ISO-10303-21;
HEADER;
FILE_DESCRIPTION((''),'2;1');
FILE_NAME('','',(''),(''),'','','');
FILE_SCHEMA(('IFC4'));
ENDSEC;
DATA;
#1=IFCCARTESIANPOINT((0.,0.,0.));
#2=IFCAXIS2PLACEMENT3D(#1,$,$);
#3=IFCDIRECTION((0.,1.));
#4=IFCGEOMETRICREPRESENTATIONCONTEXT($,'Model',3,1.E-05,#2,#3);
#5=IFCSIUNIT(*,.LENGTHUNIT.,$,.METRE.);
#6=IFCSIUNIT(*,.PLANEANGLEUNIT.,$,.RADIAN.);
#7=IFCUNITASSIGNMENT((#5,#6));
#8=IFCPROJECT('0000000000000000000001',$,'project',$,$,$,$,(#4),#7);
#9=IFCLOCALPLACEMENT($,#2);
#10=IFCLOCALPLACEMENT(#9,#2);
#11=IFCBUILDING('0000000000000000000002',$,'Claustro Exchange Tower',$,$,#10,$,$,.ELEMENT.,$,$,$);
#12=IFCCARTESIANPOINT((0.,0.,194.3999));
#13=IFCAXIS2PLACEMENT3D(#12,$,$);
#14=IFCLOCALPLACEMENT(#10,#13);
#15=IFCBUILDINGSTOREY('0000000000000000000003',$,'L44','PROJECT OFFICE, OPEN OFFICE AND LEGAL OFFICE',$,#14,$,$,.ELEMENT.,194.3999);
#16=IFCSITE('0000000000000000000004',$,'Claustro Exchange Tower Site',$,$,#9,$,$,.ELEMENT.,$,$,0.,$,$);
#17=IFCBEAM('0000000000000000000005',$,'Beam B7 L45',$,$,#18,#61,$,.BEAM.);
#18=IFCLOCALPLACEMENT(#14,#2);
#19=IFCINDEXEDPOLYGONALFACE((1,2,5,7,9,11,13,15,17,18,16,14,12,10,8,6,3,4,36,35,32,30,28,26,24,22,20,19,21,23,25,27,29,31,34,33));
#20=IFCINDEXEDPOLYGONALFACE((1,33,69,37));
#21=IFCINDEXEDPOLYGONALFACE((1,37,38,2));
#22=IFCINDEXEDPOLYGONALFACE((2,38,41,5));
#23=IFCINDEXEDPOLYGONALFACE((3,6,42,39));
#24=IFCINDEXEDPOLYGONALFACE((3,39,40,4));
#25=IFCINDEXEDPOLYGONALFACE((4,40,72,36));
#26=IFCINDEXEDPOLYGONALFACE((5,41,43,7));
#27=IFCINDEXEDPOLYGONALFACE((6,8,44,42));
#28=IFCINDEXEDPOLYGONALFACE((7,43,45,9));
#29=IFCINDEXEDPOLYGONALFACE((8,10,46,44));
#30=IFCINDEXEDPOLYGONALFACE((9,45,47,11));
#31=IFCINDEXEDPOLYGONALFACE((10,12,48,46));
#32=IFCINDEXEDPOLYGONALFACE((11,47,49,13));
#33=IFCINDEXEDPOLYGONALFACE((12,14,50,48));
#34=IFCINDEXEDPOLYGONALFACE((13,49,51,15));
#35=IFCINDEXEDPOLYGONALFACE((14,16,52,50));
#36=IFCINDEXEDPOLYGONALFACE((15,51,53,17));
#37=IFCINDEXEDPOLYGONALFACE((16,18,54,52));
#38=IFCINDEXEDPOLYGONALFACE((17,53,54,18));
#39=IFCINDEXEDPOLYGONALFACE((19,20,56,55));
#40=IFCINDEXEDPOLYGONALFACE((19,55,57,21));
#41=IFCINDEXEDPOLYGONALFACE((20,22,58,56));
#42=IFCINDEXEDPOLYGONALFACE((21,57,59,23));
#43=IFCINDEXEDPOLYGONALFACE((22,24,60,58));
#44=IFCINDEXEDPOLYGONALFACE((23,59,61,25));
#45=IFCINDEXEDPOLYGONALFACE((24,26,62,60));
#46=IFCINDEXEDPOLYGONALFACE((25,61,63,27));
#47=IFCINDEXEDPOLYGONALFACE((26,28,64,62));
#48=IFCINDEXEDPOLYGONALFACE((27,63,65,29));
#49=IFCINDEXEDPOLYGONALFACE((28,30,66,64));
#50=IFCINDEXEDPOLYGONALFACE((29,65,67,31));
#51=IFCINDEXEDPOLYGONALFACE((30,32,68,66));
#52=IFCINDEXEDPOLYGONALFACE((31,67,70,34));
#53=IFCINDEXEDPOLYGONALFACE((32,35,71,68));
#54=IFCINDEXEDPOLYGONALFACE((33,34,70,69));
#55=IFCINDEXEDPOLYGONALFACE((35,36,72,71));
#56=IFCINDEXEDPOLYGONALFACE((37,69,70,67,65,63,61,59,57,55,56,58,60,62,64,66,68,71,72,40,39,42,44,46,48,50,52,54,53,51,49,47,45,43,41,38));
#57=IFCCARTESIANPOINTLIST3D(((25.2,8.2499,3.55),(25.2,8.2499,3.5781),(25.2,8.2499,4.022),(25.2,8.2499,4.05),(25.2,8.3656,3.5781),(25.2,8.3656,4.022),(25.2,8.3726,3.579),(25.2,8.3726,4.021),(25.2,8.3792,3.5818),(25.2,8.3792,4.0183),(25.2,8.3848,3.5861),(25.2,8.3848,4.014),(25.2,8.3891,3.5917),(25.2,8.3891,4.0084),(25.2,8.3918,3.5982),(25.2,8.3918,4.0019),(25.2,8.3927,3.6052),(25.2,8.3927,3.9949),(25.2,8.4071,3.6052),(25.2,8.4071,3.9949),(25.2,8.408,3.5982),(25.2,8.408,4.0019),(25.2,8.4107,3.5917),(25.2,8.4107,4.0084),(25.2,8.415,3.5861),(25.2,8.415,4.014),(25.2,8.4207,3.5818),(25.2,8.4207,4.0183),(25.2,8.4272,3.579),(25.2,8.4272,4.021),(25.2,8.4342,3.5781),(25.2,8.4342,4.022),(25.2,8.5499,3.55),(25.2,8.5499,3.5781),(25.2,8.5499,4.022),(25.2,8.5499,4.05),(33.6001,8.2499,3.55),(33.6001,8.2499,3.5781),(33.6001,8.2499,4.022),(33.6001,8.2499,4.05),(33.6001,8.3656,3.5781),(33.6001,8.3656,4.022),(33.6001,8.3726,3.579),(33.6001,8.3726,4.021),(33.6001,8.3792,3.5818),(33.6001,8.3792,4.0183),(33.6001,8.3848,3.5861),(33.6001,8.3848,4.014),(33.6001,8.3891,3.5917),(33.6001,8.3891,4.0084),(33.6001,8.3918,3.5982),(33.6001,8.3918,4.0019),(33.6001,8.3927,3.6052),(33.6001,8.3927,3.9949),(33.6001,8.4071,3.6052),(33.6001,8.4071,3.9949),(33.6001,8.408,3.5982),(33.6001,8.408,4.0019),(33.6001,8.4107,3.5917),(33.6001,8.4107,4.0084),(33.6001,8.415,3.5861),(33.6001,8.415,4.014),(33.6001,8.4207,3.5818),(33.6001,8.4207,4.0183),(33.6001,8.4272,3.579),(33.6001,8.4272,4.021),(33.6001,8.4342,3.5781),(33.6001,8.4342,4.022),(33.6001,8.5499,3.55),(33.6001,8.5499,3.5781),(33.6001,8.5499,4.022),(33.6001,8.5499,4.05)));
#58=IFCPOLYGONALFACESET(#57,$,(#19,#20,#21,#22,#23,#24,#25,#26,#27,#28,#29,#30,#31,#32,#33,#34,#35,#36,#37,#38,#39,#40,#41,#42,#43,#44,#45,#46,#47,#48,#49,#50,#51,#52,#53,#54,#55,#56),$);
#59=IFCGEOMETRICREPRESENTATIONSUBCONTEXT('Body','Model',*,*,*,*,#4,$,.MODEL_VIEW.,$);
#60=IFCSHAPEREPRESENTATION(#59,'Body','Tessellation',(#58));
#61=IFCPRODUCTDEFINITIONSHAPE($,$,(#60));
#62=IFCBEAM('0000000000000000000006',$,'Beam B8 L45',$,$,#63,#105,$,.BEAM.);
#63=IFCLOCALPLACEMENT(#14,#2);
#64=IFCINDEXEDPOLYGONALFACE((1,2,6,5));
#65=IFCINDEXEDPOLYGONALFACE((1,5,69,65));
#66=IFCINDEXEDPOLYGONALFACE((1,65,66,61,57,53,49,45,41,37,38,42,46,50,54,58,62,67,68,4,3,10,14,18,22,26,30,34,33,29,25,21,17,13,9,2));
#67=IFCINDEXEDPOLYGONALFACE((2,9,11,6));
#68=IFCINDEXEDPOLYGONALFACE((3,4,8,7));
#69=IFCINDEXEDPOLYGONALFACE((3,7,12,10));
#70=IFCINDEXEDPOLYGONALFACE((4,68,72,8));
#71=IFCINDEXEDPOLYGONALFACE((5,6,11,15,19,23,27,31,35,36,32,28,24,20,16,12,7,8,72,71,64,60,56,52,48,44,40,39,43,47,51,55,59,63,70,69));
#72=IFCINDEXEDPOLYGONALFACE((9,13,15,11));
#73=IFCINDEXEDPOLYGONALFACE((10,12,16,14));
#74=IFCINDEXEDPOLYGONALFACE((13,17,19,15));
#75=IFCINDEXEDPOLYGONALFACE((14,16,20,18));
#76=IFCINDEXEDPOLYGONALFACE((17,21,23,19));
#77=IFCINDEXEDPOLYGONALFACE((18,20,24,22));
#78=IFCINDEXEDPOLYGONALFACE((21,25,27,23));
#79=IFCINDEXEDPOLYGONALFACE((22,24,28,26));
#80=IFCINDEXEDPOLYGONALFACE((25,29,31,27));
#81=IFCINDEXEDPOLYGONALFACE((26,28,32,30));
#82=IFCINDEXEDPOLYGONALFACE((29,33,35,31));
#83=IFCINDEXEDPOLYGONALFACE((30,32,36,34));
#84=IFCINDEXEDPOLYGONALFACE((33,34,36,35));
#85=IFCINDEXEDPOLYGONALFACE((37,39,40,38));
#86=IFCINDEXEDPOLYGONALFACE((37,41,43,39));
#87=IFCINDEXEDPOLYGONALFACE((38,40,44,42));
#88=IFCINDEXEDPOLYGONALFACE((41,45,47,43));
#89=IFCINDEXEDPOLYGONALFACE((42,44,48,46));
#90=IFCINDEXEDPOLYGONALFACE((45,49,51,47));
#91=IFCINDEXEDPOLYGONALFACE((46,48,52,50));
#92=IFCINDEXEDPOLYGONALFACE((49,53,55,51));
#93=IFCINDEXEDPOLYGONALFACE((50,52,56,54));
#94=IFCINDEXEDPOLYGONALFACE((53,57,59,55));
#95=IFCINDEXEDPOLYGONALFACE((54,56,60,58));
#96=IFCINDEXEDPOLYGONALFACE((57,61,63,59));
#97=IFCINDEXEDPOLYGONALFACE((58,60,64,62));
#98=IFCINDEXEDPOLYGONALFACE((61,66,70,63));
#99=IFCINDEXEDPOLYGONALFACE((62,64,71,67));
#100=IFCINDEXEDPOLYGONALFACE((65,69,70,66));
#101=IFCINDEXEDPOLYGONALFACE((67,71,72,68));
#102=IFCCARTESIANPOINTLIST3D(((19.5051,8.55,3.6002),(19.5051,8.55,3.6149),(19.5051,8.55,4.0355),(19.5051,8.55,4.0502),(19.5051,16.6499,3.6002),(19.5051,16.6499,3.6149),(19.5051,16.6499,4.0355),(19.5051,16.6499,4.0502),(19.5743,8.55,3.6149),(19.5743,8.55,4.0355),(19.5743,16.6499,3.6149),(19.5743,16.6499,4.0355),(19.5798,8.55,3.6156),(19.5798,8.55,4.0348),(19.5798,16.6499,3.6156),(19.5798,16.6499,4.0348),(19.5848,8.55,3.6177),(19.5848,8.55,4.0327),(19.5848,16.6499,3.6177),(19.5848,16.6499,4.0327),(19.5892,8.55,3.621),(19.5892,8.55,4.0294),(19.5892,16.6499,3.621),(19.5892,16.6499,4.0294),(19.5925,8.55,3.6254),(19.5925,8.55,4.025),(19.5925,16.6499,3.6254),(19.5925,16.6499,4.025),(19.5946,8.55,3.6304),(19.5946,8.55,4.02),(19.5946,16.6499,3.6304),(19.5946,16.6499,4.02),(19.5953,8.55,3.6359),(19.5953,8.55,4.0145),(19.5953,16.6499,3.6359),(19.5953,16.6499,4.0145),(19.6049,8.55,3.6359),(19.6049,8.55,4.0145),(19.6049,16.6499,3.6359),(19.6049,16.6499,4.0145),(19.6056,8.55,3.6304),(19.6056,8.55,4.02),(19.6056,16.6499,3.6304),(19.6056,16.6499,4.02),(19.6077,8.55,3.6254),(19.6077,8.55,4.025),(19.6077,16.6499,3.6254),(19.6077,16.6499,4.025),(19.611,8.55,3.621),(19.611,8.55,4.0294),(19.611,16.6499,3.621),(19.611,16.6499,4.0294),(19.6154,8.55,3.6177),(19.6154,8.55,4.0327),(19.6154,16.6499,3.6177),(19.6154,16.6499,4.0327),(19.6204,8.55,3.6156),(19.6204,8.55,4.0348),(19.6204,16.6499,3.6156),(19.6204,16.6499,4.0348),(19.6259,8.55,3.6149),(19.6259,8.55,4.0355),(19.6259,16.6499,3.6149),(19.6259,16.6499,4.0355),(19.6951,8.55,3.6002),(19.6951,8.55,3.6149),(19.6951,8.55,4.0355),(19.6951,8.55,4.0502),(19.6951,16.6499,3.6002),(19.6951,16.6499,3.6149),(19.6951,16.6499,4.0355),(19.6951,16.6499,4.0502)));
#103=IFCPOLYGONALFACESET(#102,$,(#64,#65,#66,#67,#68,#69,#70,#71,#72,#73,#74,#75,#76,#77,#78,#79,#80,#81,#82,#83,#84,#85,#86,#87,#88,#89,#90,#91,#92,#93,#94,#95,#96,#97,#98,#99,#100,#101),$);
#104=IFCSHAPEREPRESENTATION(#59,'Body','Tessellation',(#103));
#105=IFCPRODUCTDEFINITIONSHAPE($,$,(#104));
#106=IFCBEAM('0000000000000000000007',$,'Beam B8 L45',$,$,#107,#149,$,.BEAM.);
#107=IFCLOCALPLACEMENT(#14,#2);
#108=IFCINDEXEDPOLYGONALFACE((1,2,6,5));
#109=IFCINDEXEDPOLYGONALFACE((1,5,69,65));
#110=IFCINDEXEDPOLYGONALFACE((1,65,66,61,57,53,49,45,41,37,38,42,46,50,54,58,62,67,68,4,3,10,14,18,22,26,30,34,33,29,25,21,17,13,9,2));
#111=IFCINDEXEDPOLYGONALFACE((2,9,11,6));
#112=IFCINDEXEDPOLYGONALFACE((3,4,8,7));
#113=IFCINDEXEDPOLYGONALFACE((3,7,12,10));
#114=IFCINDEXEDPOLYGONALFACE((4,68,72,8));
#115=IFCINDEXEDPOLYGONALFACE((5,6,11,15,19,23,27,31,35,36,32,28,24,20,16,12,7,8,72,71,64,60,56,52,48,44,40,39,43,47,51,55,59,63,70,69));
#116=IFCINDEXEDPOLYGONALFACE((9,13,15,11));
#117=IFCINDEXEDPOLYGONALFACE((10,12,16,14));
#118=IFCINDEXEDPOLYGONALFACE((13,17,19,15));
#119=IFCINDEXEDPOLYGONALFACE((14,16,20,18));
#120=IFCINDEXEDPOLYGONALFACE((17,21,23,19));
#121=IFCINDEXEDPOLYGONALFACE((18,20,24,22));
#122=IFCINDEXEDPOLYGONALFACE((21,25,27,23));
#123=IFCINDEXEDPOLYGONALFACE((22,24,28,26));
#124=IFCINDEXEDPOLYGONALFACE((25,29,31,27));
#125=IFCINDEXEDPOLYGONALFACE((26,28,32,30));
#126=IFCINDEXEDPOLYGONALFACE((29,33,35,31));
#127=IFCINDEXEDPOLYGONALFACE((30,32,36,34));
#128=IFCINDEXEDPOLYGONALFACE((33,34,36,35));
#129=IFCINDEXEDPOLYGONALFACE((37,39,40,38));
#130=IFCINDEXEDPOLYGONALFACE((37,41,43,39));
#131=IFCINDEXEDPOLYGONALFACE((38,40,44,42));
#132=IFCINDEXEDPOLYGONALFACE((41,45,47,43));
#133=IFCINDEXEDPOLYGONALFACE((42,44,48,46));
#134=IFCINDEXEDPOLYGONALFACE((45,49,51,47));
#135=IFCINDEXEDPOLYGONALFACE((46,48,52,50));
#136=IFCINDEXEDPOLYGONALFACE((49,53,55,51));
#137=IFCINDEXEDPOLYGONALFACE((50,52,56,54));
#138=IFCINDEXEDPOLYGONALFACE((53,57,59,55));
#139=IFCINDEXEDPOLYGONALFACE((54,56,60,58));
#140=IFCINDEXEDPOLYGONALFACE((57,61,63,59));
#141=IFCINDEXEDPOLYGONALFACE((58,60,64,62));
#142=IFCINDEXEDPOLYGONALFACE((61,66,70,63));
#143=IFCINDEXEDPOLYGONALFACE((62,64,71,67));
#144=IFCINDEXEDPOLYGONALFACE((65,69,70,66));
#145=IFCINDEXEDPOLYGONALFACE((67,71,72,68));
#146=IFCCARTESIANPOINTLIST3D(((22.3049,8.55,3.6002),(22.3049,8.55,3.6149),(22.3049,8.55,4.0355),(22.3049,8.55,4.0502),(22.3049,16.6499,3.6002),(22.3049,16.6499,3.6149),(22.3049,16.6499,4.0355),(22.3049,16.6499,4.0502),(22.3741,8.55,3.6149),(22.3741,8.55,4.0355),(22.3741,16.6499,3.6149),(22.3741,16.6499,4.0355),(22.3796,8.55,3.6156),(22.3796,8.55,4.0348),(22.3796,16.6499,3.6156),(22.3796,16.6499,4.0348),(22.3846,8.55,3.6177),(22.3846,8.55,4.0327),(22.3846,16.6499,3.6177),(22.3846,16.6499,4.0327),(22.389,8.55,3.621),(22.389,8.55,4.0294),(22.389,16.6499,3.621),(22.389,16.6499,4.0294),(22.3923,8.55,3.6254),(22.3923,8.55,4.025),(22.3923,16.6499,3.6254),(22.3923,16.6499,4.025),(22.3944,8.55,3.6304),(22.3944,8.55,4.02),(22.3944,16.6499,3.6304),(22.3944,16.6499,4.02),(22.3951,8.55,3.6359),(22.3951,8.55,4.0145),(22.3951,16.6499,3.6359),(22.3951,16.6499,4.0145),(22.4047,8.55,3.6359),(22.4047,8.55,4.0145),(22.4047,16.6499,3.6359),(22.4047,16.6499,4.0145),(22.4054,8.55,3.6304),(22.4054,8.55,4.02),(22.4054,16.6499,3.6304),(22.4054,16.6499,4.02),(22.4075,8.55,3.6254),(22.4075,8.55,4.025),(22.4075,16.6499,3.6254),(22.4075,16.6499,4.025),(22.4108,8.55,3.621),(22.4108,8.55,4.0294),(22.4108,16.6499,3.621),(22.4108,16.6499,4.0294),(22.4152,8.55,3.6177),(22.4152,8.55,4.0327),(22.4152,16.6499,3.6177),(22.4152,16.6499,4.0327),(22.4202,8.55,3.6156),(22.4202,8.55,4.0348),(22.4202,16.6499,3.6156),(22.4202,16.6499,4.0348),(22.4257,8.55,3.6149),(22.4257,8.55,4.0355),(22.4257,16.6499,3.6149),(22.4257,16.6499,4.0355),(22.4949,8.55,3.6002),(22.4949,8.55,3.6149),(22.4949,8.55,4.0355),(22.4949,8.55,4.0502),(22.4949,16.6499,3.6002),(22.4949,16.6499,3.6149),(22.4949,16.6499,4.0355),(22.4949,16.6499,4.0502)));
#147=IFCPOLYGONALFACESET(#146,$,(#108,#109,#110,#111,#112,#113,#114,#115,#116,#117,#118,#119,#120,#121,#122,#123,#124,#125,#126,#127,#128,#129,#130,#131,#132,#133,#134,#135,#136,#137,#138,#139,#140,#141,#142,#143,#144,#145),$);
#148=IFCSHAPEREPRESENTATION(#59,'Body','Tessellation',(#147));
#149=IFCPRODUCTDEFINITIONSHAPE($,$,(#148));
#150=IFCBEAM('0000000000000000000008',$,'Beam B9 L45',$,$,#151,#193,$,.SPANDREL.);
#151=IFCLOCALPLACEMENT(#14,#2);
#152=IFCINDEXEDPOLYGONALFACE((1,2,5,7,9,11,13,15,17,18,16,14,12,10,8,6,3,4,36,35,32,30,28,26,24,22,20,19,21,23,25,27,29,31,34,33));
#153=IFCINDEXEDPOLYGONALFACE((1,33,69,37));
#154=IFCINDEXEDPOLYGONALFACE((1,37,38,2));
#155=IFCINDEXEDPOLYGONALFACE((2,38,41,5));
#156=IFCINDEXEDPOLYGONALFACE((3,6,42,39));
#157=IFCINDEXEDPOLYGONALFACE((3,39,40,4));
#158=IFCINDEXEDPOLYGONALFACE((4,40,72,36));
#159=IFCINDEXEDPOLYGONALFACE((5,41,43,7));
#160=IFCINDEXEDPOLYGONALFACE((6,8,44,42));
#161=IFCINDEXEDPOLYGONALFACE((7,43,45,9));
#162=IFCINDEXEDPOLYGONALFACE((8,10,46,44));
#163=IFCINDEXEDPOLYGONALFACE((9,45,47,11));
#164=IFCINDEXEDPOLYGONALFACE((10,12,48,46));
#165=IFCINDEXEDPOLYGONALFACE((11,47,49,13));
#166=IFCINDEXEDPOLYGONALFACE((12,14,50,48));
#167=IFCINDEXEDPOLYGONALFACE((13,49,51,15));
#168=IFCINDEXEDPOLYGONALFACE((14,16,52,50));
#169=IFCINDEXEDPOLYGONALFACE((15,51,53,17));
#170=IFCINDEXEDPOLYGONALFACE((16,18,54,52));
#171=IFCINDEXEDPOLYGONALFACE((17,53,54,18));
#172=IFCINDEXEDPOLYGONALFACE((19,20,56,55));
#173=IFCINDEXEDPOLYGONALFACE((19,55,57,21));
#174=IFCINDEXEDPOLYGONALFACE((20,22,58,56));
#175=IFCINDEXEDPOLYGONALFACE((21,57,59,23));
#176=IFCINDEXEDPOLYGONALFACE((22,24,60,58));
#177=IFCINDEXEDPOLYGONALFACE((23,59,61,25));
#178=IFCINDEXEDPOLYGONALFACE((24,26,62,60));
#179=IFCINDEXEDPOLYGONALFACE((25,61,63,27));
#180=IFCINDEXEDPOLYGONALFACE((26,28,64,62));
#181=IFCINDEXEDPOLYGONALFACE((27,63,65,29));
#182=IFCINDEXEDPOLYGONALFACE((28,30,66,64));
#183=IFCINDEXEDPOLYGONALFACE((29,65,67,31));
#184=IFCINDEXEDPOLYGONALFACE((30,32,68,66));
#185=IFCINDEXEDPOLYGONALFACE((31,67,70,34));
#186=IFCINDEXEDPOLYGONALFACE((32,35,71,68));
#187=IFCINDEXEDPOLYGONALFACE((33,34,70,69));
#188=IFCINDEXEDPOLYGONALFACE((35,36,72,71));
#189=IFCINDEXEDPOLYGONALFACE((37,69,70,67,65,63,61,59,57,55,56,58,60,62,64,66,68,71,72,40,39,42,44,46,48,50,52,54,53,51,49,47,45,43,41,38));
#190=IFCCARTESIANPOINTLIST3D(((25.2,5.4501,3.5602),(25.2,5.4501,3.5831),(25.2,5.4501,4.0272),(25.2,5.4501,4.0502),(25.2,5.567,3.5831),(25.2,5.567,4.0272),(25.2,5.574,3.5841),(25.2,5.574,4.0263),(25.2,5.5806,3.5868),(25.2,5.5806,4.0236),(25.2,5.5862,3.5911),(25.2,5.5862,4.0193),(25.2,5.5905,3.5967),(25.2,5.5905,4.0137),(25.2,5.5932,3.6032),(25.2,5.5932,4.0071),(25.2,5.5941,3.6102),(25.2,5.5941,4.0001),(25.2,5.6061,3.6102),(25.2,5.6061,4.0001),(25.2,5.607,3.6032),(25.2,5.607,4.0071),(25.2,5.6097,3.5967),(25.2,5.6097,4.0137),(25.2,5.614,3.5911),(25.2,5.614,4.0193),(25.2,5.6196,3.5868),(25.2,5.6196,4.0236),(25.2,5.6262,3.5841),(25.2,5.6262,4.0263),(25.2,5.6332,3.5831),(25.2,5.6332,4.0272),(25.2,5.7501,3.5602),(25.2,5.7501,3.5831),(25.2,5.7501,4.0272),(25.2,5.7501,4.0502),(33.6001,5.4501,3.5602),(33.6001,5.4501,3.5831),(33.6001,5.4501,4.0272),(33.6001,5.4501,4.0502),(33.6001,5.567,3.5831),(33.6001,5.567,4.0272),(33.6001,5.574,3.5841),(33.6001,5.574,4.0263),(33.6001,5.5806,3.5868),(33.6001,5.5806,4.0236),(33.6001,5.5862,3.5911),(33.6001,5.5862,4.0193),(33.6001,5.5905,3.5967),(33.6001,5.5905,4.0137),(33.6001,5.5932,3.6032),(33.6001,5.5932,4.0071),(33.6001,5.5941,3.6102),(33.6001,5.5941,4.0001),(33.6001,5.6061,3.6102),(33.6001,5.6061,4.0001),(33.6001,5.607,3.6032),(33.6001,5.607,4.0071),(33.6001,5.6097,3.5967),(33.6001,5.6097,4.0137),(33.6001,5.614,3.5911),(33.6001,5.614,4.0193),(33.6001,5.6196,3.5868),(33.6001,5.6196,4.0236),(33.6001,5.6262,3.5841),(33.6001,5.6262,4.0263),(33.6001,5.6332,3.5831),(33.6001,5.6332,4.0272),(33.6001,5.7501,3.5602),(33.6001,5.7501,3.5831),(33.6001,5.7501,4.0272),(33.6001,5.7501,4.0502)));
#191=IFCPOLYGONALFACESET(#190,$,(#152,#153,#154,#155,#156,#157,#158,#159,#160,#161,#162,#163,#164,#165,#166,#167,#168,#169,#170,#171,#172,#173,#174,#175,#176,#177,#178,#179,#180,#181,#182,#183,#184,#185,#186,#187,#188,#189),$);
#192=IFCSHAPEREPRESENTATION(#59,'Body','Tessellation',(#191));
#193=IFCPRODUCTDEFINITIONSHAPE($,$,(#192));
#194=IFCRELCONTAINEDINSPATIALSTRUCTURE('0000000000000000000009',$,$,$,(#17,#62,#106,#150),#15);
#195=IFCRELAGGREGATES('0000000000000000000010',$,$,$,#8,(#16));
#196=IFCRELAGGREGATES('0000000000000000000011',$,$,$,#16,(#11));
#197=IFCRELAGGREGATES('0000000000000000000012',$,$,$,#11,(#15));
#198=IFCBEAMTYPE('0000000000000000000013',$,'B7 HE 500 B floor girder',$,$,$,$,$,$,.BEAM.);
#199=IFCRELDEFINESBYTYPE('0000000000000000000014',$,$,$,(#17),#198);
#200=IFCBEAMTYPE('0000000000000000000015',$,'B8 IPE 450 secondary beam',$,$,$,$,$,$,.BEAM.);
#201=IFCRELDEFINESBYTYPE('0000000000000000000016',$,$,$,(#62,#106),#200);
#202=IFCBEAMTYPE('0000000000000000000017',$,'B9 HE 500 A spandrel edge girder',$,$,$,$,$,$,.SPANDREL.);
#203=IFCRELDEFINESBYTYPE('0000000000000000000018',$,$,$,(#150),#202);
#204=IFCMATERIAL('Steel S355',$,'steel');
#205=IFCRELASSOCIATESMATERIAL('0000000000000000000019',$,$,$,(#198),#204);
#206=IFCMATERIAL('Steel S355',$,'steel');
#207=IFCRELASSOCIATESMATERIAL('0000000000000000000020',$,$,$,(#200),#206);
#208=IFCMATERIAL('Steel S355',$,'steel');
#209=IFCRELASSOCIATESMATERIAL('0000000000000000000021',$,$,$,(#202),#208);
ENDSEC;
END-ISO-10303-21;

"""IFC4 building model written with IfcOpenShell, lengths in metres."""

from ifc_helpers import new_model, si_unit, direction, frame, origin, origin_2d, place, context, subcontext, project, spatial, i_section, extrude, material, material_profile, profile_set, type_object, element, save


model = new_model("IFC4")

# Units and contexts
model_context = context("Model", 3, precision=1e-05, world=origin(), true_north=direction((0.0, 1.0)))
body_context = subcontext(model_context, "Body", "Model", "MODEL_VIEW")
ifc_project = project(units=[si_unit("LENGTHUNIT", "METRE"), si_unit("PLANEANGLEUNIT", "RADIAN")], contexts=[model_context])

# Site, building, storey
site_placement = place(None, origin())
site = spatial("IfcSite", under=ifc_project, at=site_placement, Name="Claustro Exchange Tower Site", CompositionType="ELEMENT", RefElevation=0.0)
building_placement = place(site_placement, origin())
building = spatial("IfcBuilding", under=site, at=building_placement, Name="Claustro Exchange Tower", CompositionType="ELEMENT")
storey_placement = place(building_placement, frame((0.0, 0.0, 194.3999)))
storey = spatial("IfcBuildingStorey", under=building, at=storey_placement, Name="L44", Description="PROJECT OFFICE, OPEN OFFICE AND LEGAL OFFICE", CompositionType="ELEMENT", Elevation=194.3999)

# Beams
ifc_material_1 = material(Name="Steel S355", Category="steel")
ifc_material_profile_1 = material_profile(ifc_material_1, i_section(OverallWidth=0.3, OverallDepth=0.5, WebThickness=0.0144, FlangeThickness=0.0281, FilletRadius=0.0271, at=origin_2d()), Name="HE 500 B")
ifc_profile_set_1 = profile_set([ifc_material_profile_1], Name="Steel S355")
beam_type_1 = type_object("IfcBeamType", Name="B7 HE 500 B floor girder", PredefinedType="BEAM", material=ifc_profile_set_1)
for number, where, z_axis, x_axis, name in (
    (1, (25.2, 8.3999, 3.8), (1.0, 0.0, 0.0), (0.0, 1.0, 0.0), "Beam B7 L45"),
):
    element("IfcBeam", number, at=place(storey_placement, frame(where, z_axis=z_axis, x_axis=x_axis)), inside=storey, type_object=beam_type_1, Name=name, PredefinedType="BEAM", context=body_context, shape_type="SweptSolid", body=[
        extrude(i_section(OverallWidth=0.3, OverallDepth=0.5, WebThickness=0.0144, FlangeThickness=0.0281, FilletRadius=0.0271, at=origin_2d()), origin(), (0.0, 0.0, 1.0), 8.4001),
    ])
ifc_material_2 = material(Name="Steel S355", Category="steel")
ifc_material_profile_2 = material_profile(ifc_material_2, i_section(OverallWidth=0.1899, OverallDepth=0.45, WebThickness=0.0095, FlangeThickness=0.0146, FilletRadius=0.021, at=origin_2d()), Name="IPE 450")
ifc_profile_set_2 = profile_set([ifc_material_profile_2], Name="Steel S355")
beam_type_2 = type_object("IfcBeamType", Name="B8 IPE 450 secondary beam", PredefinedType="BEAM", material=ifc_profile_set_2)
for number, where, z_axis, x_axis, name in (
    (2, (19.6001, 8.55, 3.8252), (0.0, 1.0, 0.0), (-1.0, 0.0, 0.0), "Beam B8 L45"),
    (3, (22.3999, 8.55, 3.8252), (0.0, 1.0, 0.0), (-1.0, 0.0, 0.0), "Beam B8 L45"),
):
    element("IfcBeam", number, at=place(storey_placement, frame(where, z_axis=z_axis, x_axis=x_axis)), inside=storey, type_object=beam_type_2, Name=name, PredefinedType="BEAM", context=body_context, shape_type="SweptSolid", body=[
        extrude(i_section(OverallWidth=0.1899, OverallDepth=0.45, WebThickness=0.0095, FlangeThickness=0.0146, FilletRadius=0.021, at=origin_2d()), origin(), (0.0, 0.0, 1.0), 8.0999),
    ])
ifc_material_3 = material(Name="Steel S355", Category="steel")
ifc_material_profile_3 = material_profile(ifc_material_3, i_section(OverallWidth=0.3, OverallDepth=0.49, WebThickness=0.012, FlangeThickness=0.0229, FilletRadius=0.0271, at=origin_2d()), Name="HE 500 A")
ifc_profile_set_3 = profile_set([ifc_material_profile_3], Name="Steel S355")
beam_type_3 = type_object("IfcBeamType", Name="B9 HE 500 A spandrel edge girder", PredefinedType="SPANDREL", material=ifc_profile_set_3)
beam_1_placement = place(storey_placement, frame((25.2, 5.6001, 3.8052), z_axis=(1.0, 0.0, 0.0), x_axis=(0.0, 1.0, 0.0)))
element("IfcBeam", 4, at=beam_1_placement, inside=storey, type_object=beam_type_3, Name="Beam B9 L45", PredefinedType="SPANDREL", context=body_context, shape_type="SweptSolid", body=[
    extrude(i_section(OverallWidth=0.3, OverallDepth=0.49, WebThickness=0.012, FlangeThickness=0.0229, FilletRadius=0.0271, at=origin_2d()), origin(), (0.0, 0.0, 1.0), 8.4001),
])

save(model, "model.ifc")
